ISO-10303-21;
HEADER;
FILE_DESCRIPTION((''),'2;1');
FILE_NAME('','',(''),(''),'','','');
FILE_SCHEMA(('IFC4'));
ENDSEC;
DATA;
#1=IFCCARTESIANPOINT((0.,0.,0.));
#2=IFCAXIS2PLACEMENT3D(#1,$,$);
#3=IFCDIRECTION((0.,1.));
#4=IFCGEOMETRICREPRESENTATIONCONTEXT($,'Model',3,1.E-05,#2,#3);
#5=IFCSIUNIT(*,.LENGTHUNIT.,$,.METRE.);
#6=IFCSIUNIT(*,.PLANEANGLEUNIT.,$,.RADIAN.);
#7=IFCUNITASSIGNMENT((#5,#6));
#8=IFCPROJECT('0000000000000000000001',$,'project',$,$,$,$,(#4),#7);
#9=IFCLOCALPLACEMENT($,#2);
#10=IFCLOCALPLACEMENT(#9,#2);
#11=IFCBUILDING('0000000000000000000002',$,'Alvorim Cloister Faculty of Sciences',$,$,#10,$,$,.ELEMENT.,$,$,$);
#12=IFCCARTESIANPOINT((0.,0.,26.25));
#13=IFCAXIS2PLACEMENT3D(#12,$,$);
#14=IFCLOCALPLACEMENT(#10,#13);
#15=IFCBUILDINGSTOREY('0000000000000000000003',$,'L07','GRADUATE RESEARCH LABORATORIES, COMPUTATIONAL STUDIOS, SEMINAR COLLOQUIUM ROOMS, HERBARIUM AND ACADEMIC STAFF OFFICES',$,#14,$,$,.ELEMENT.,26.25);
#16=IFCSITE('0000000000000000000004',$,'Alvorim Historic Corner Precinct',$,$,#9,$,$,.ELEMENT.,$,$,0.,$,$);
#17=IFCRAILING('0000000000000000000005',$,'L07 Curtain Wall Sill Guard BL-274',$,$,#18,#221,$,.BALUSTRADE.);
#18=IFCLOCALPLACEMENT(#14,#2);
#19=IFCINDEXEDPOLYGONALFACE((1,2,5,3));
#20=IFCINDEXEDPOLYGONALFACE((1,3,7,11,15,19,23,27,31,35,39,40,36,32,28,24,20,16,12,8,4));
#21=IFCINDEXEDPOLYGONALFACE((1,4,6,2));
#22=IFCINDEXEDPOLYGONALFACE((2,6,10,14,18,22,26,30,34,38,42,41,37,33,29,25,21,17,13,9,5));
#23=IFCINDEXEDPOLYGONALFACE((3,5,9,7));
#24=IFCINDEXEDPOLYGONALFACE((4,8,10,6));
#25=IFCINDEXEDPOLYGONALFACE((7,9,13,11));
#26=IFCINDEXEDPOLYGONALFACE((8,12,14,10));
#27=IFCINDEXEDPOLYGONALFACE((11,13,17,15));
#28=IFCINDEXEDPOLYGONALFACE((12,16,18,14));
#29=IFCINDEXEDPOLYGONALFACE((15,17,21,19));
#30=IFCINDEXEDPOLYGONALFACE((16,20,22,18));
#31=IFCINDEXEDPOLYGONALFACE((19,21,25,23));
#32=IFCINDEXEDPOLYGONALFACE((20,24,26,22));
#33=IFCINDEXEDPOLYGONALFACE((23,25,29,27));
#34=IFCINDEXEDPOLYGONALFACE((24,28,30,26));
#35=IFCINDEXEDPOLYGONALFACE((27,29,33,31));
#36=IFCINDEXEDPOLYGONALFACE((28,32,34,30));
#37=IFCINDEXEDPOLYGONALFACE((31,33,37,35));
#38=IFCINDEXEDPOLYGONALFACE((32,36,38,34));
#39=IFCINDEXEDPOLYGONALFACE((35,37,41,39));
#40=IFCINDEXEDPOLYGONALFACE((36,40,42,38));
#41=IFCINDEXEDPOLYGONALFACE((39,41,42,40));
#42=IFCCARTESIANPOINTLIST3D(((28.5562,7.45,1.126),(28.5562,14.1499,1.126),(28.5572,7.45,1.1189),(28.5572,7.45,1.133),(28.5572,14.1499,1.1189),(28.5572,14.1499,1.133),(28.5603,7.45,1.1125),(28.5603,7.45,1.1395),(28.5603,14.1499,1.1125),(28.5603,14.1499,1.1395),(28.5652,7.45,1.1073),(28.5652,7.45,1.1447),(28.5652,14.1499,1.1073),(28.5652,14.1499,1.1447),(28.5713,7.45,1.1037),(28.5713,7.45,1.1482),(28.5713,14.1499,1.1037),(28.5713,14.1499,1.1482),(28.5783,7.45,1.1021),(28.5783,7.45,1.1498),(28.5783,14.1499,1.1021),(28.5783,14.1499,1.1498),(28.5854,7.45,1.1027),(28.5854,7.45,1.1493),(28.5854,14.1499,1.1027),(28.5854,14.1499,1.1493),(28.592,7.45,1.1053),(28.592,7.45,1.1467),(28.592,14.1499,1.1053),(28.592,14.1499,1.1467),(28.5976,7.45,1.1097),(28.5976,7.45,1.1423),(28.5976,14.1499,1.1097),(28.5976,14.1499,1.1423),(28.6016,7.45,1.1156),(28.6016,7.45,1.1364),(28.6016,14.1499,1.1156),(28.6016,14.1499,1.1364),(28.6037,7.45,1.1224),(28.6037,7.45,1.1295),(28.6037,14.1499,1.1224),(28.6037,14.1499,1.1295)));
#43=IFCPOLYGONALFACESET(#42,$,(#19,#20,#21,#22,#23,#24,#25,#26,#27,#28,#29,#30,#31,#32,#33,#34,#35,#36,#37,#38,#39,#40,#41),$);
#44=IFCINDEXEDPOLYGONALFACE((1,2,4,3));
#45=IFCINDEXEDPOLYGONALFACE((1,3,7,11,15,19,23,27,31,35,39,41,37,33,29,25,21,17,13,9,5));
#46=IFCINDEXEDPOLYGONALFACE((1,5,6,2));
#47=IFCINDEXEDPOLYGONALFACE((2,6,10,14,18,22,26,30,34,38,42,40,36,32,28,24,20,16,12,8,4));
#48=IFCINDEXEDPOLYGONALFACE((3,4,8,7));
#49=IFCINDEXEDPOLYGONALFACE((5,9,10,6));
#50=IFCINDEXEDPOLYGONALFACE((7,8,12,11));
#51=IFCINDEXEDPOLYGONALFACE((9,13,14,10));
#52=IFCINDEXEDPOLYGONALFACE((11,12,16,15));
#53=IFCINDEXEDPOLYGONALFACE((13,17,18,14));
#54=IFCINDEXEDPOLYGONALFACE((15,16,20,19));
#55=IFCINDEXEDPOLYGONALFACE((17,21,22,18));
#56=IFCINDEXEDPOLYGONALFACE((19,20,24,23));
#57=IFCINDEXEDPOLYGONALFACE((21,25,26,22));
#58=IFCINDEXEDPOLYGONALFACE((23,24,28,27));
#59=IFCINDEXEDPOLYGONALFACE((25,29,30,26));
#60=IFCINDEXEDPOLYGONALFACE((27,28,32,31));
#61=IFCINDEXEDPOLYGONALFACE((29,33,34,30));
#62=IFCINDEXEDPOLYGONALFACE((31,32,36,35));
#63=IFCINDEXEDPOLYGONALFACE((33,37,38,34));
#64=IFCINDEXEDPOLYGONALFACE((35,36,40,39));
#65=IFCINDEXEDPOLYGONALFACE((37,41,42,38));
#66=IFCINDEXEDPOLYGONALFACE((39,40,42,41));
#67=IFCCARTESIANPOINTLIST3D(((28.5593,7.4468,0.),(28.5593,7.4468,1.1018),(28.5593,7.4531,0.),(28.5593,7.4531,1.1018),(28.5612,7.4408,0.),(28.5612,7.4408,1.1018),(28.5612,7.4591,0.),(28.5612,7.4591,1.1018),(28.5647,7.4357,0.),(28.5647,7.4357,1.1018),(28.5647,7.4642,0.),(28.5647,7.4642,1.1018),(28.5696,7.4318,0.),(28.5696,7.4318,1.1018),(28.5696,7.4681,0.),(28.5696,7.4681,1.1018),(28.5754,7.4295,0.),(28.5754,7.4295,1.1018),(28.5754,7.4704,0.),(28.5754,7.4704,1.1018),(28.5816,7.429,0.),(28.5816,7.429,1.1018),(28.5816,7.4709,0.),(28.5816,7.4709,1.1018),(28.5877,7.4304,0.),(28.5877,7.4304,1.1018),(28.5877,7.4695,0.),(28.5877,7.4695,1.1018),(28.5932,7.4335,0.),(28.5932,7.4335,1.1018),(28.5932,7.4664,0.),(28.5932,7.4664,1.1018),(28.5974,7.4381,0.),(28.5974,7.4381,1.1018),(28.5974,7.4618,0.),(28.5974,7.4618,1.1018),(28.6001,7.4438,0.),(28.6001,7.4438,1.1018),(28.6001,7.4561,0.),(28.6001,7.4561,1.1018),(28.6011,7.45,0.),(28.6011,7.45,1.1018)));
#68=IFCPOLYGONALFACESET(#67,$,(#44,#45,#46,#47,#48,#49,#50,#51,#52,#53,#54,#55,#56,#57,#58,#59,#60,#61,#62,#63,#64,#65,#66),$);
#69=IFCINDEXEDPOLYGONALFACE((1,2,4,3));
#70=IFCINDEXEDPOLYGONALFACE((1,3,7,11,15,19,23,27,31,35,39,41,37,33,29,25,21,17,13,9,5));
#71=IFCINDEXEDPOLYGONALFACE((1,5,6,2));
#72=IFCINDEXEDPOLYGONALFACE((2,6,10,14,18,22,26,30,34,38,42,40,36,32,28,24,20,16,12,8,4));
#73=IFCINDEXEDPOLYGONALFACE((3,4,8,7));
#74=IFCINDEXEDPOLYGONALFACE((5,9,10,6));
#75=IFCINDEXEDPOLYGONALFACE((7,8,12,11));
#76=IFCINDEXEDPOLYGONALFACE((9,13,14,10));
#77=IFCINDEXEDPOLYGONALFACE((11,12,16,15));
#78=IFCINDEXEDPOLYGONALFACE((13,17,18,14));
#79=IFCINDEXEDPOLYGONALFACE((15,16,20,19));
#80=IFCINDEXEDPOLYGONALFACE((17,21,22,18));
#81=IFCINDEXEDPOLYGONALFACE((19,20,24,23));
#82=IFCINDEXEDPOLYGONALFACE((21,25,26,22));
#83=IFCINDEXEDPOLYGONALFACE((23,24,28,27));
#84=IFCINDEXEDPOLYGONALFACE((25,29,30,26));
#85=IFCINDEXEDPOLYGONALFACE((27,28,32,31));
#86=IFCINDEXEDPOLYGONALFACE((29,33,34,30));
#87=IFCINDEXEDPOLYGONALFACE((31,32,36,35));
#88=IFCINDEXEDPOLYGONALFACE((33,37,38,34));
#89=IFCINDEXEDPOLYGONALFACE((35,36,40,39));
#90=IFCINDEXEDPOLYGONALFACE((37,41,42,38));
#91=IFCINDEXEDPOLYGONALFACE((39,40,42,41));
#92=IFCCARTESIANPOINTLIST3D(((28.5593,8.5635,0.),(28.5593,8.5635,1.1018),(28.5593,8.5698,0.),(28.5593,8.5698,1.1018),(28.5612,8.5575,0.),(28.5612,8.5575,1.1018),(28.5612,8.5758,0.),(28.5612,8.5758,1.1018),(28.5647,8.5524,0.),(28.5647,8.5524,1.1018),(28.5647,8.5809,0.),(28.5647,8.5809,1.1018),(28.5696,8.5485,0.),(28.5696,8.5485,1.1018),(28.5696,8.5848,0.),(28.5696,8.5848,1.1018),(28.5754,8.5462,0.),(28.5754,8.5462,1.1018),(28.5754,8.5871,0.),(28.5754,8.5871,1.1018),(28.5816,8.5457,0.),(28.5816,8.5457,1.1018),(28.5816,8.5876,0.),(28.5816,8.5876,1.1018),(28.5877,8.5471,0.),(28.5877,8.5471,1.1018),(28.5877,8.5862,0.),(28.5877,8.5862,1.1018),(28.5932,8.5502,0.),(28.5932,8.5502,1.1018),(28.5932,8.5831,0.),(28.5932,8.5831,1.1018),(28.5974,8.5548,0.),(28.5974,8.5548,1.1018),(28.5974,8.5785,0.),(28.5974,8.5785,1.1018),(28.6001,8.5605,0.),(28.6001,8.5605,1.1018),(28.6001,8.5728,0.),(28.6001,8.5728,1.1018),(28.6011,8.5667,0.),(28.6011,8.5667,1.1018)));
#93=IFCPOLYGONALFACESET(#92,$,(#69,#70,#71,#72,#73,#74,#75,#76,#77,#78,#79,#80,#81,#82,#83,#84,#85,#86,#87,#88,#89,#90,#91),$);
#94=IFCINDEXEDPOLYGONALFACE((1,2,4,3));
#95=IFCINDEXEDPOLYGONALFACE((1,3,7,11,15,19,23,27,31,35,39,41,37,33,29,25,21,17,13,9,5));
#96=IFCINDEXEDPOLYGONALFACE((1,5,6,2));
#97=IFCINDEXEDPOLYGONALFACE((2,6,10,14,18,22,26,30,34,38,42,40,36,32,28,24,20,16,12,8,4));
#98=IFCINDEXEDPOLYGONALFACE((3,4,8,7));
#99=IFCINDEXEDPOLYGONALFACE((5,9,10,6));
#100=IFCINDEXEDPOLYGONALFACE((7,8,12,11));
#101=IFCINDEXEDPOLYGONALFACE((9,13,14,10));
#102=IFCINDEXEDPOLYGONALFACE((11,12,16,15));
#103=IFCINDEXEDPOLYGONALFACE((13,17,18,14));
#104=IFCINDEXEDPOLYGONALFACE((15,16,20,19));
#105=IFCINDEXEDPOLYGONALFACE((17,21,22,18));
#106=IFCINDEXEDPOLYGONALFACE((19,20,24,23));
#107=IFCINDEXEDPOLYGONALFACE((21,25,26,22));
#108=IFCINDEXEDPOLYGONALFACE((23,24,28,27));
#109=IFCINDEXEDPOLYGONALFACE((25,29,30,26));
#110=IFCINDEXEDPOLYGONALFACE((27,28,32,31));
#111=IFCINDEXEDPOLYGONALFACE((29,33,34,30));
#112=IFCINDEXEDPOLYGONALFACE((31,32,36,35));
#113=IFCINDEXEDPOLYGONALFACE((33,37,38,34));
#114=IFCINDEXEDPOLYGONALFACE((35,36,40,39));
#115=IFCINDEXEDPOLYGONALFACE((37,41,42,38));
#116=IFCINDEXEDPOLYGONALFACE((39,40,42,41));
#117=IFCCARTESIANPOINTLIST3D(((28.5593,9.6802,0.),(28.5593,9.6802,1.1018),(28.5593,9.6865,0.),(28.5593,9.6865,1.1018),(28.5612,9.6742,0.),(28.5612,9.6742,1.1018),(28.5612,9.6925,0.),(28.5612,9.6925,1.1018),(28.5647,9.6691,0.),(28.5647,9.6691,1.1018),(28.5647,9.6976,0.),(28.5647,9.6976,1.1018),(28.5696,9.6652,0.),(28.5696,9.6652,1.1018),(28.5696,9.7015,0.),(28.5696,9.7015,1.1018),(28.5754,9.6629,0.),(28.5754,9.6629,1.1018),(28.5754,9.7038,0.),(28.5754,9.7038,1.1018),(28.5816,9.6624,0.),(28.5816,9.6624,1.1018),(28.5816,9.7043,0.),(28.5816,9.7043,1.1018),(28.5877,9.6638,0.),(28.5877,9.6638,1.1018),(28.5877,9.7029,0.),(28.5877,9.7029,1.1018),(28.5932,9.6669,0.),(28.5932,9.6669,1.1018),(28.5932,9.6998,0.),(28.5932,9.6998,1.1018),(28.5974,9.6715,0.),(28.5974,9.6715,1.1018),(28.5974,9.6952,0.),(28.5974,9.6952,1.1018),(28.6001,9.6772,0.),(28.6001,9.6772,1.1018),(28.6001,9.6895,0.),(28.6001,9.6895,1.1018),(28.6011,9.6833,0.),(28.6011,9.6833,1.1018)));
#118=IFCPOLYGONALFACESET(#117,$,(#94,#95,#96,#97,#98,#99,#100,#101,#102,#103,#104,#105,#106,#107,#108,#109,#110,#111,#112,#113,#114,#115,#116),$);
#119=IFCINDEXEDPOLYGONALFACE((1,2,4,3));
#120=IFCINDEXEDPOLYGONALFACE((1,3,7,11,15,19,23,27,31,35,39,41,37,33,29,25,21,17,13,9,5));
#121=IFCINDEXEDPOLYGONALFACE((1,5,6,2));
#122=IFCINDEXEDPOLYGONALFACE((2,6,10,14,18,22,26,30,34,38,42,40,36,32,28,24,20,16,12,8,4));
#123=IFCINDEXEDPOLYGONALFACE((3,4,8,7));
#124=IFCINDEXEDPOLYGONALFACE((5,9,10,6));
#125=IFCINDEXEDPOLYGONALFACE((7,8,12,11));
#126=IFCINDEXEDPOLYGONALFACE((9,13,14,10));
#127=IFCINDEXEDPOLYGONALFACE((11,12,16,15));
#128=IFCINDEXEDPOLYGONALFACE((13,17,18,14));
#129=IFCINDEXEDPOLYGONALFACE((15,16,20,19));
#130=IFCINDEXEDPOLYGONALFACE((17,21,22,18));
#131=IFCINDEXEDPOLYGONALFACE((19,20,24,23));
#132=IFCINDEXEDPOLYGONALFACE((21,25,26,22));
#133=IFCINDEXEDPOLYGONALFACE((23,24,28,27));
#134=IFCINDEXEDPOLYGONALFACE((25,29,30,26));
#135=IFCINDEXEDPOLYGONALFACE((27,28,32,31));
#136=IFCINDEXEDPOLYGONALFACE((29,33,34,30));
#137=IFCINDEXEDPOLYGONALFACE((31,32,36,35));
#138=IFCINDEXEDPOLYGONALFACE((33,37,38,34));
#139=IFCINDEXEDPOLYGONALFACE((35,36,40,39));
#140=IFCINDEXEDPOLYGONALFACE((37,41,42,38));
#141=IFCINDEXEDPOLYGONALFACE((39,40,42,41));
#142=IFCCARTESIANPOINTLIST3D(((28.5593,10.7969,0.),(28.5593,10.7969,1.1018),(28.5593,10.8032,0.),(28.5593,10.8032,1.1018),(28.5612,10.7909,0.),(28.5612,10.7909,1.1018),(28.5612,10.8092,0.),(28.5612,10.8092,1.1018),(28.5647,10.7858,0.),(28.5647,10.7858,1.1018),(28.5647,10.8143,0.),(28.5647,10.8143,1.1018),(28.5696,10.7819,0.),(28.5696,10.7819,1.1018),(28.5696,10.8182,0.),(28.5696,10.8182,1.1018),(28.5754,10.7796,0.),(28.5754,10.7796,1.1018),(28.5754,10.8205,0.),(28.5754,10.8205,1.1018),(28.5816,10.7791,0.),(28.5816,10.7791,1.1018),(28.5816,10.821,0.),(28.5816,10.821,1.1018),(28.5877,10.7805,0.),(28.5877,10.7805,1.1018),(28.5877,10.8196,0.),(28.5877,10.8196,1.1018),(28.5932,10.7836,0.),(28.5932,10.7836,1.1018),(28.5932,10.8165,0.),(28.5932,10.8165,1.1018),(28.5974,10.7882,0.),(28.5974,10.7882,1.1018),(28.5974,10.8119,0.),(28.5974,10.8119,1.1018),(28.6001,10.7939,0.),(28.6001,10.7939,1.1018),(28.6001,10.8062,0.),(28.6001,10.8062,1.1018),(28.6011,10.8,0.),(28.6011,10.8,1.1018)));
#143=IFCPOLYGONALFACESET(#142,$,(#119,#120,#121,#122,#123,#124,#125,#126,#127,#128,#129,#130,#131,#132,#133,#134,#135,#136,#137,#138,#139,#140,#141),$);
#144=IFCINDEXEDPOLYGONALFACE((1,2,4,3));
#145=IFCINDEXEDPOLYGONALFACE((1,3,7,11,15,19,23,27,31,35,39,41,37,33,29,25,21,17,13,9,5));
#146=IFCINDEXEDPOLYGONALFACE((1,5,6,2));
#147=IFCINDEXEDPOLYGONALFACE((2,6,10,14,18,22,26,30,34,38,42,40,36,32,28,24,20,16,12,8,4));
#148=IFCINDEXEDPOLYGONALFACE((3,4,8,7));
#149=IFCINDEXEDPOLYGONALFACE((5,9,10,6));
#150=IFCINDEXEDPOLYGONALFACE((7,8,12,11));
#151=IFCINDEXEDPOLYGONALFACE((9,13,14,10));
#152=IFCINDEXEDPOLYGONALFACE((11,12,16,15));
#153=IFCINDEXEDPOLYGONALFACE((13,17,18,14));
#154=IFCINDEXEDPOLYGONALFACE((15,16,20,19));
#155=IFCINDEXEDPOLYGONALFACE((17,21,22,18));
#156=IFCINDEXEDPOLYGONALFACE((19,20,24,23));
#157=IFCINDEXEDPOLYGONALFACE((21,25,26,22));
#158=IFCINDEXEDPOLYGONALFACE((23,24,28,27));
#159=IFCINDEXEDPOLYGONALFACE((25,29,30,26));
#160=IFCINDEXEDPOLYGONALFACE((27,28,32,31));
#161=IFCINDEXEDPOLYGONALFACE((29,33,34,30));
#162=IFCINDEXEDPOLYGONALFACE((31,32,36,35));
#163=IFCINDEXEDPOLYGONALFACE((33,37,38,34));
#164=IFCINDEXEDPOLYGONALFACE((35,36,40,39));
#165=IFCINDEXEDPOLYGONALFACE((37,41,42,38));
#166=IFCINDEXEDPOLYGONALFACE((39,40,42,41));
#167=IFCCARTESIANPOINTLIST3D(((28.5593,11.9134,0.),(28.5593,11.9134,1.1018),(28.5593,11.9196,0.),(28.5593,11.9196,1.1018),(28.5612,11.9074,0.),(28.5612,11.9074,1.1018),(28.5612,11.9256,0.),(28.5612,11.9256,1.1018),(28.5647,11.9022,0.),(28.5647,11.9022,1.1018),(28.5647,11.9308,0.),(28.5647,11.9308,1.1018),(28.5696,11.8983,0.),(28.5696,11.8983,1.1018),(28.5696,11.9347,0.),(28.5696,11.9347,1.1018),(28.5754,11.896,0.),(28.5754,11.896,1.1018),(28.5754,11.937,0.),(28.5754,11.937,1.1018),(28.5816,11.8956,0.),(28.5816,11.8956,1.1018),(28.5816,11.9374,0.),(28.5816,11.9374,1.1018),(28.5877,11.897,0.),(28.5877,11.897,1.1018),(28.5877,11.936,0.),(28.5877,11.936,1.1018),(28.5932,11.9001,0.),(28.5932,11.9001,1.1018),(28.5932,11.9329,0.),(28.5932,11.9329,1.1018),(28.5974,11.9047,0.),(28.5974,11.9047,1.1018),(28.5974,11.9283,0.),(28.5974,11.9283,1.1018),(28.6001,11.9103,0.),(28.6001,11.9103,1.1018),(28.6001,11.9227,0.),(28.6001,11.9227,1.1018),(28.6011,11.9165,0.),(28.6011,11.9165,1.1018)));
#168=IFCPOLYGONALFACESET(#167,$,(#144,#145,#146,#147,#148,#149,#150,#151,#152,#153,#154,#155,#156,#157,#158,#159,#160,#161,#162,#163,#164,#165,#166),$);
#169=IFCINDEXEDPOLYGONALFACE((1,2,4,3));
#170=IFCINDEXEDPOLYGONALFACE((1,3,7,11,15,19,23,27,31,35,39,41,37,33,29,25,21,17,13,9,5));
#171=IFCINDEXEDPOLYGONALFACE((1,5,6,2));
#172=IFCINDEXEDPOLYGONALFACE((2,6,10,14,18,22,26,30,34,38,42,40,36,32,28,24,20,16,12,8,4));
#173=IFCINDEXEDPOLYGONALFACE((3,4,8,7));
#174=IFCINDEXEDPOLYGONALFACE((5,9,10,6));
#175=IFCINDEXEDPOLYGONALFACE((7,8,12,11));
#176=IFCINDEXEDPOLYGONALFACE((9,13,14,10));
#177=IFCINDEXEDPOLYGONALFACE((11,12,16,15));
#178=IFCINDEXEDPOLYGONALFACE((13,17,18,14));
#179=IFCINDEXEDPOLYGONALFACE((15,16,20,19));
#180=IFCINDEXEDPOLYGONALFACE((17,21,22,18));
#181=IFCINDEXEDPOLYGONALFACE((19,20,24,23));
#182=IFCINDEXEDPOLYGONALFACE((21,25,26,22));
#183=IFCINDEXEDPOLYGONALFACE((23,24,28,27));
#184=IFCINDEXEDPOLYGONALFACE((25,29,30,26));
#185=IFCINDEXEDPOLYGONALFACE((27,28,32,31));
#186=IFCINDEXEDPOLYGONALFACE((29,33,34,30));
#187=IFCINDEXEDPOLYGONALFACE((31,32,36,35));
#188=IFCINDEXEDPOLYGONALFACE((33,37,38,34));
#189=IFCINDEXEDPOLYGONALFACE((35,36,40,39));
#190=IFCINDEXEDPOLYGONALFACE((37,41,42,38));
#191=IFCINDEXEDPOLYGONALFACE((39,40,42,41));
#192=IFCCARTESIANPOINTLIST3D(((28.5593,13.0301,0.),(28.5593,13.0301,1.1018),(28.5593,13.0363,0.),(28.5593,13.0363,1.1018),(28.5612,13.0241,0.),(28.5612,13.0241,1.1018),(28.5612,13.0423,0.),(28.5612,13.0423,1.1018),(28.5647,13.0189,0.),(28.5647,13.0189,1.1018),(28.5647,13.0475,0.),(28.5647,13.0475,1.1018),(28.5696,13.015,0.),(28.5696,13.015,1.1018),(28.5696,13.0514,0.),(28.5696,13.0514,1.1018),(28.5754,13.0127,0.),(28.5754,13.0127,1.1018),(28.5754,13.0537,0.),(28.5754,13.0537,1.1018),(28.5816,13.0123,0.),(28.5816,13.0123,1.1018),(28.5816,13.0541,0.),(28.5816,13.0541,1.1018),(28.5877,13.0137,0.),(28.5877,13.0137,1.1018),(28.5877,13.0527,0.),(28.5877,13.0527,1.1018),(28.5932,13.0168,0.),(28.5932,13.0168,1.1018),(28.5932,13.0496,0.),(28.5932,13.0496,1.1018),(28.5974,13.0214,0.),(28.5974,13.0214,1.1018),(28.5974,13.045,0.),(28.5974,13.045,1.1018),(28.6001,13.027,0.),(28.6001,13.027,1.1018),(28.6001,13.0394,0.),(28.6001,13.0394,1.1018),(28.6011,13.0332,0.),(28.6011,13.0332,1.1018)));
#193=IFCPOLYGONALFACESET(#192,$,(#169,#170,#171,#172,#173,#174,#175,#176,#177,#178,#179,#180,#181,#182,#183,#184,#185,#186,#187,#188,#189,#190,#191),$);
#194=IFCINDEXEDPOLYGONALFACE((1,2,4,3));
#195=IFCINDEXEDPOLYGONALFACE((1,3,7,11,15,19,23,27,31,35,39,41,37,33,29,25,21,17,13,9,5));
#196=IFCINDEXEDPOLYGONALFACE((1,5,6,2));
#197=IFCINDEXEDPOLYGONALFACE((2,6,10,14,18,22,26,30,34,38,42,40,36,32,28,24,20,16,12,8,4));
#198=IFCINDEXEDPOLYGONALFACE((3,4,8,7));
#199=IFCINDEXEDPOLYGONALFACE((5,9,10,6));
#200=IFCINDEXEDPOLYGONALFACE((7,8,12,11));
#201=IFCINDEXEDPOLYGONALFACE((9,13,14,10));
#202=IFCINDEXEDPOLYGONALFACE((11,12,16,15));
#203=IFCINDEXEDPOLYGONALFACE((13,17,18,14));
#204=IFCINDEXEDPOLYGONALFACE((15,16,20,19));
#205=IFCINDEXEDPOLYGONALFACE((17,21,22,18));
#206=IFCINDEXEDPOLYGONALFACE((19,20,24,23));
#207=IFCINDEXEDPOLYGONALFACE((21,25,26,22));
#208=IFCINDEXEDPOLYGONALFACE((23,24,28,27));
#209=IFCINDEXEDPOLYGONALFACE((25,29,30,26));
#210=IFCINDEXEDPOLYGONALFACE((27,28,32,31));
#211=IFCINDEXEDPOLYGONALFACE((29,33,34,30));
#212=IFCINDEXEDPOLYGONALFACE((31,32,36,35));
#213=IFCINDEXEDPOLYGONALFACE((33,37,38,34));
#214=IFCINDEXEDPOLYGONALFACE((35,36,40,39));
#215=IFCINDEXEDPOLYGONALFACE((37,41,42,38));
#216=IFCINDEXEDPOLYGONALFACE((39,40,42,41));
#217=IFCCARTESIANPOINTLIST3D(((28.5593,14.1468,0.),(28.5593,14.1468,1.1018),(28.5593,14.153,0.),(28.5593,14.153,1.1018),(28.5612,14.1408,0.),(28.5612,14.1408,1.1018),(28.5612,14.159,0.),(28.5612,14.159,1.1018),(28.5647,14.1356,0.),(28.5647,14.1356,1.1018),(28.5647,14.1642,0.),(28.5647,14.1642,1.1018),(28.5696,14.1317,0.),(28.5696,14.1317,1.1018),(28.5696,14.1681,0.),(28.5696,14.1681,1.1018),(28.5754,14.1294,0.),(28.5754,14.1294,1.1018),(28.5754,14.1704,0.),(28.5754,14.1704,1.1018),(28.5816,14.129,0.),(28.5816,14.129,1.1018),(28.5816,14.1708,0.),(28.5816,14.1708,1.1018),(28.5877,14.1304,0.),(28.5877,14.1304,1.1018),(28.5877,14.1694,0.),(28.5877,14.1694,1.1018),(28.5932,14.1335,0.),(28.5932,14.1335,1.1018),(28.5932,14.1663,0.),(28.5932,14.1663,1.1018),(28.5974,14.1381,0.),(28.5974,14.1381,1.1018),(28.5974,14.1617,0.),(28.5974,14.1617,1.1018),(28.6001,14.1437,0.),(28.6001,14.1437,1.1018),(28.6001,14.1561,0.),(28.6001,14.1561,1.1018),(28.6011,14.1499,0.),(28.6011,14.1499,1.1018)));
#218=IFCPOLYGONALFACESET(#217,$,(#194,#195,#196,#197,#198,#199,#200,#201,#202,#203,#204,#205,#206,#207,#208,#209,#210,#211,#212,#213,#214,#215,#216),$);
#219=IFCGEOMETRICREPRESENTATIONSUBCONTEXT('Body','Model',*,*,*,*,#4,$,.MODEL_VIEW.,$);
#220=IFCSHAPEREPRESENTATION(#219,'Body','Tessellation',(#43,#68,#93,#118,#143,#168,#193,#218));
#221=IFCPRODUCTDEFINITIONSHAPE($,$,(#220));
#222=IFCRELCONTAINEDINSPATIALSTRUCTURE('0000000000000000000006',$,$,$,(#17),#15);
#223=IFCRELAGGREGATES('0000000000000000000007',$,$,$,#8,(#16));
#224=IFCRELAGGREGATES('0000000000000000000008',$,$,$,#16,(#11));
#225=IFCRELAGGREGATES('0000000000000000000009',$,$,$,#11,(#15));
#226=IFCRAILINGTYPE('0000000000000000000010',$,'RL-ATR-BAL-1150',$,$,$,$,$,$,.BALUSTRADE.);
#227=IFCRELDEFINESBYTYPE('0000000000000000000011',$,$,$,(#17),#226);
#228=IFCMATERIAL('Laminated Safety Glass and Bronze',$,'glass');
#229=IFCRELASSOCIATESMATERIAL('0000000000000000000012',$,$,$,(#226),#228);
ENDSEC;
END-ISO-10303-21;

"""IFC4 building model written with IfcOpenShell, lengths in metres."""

from ifc_helpers import new_model, si_unit, direction, frame, origin, origin_2d, place, context, subcontext, project, spatial, circle, extrude, material, type_object, element, save


model = new_model("IFC4")

# Units and contexts
model_context = context("Model", 3, precision=1e-05, world=origin(), true_north=direction((0.0, 1.0)))
body_context = subcontext(model_context, "Body", "Model", "MODEL_VIEW")
ifc_project = project(units=[si_unit("LENGTHUNIT", "METRE"), si_unit("PLANEANGLEUNIT", "RADIAN")], contexts=[model_context])

# Site, building, storey
site_placement = place(None, origin())
site = spatial("IfcSite", under=ifc_project, at=site_placement, Name="Alvorim Historic Corner Precinct", CompositionType="ELEMENT", RefElevation=0.0)
building_placement = place(site_placement, origin())
building = spatial("IfcBuilding", under=site, at=building_placement, Name="Alvorim Cloister Faculty of Sciences", CompositionType="ELEMENT")
storey_placement = place(building_placement, frame((0.0, 0.0, 26.25)))
storey = spatial("IfcBuildingStorey", under=building, at=storey_placement, Name="L07", Description="GRADUATE RESEARCH LABORATORIES, COMPUTATIONAL STUDIOS, SEMINAR COLLOQUIUM ROOMS, HERBARIUM AND ACADEMIC STAFF OFFICES", CompositionType="ELEMENT", Elevation=26.25)

# Railing
ifc_material_1 = material(Name="Laminated Safety Glass and Bronze", Category="glass")
railing_type = type_object("IfcRailingType", Name="RL-ATR-BAL-1150", PredefinedType="BALUSTRADE", material=ifc_material_1)
railing_placement = place(storey_placement, frame((28.5801, 7.45, 0.0)))
element("IfcRailing", 1, at=railing_placement, inside=storey, type_object=railing_type, Name="L07 Curtain Wall Sill Guard BL-274", PredefinedType="BALUSTRADE", context=body_context, shape_type="SweptSolid", body=[
    extrude(circle(Radius=0.0239, at=origin_2d()), frame((0.0, 0.0, 1.126), z_axis=(0.0, 1.0, 0.0), x_axis=(-1.0, 0.0, 0.0)), (0.0, 0.0, 1.0), 6.7),
    extrude(circle(Radius=0.021, at=origin_2d()), origin(), (0.0, 0.0, 1.0), 1.1018),
    extrude(circle(Radius=0.021, at=origin_2d()), frame((0.0, 1.1167, 0.0)), (0.0, 0.0, 1.0), 1.1018),
    extrude(circle(Radius=0.021, at=origin_2d()), frame((0.0, 2.2334, 0.0)), (0.0, 0.0, 1.0), 1.1018),
    extrude(circle(Radius=0.021, at=origin_2d()), frame((0.0, 3.3501, 0.0)), (0.0, 0.0, 1.0), 1.1018),
    extrude(circle(Radius=0.021, at=origin_2d()), frame((0.0, 4.4666, 0.0)), (0.0, 0.0, 1.0), 1.1018),
    extrude(circle(Radius=0.021, at=origin_2d()), frame((0.0, 5.5833, 0.0)), (0.0, 0.0, 1.0), 1.1018),
    extrude(circle(Radius=0.021, at=origin_2d()), frame((0.0, 6.7, 0.0)), (0.0, 0.0, 1.0), 1.1018),
])

save(model, "model.ifc")
